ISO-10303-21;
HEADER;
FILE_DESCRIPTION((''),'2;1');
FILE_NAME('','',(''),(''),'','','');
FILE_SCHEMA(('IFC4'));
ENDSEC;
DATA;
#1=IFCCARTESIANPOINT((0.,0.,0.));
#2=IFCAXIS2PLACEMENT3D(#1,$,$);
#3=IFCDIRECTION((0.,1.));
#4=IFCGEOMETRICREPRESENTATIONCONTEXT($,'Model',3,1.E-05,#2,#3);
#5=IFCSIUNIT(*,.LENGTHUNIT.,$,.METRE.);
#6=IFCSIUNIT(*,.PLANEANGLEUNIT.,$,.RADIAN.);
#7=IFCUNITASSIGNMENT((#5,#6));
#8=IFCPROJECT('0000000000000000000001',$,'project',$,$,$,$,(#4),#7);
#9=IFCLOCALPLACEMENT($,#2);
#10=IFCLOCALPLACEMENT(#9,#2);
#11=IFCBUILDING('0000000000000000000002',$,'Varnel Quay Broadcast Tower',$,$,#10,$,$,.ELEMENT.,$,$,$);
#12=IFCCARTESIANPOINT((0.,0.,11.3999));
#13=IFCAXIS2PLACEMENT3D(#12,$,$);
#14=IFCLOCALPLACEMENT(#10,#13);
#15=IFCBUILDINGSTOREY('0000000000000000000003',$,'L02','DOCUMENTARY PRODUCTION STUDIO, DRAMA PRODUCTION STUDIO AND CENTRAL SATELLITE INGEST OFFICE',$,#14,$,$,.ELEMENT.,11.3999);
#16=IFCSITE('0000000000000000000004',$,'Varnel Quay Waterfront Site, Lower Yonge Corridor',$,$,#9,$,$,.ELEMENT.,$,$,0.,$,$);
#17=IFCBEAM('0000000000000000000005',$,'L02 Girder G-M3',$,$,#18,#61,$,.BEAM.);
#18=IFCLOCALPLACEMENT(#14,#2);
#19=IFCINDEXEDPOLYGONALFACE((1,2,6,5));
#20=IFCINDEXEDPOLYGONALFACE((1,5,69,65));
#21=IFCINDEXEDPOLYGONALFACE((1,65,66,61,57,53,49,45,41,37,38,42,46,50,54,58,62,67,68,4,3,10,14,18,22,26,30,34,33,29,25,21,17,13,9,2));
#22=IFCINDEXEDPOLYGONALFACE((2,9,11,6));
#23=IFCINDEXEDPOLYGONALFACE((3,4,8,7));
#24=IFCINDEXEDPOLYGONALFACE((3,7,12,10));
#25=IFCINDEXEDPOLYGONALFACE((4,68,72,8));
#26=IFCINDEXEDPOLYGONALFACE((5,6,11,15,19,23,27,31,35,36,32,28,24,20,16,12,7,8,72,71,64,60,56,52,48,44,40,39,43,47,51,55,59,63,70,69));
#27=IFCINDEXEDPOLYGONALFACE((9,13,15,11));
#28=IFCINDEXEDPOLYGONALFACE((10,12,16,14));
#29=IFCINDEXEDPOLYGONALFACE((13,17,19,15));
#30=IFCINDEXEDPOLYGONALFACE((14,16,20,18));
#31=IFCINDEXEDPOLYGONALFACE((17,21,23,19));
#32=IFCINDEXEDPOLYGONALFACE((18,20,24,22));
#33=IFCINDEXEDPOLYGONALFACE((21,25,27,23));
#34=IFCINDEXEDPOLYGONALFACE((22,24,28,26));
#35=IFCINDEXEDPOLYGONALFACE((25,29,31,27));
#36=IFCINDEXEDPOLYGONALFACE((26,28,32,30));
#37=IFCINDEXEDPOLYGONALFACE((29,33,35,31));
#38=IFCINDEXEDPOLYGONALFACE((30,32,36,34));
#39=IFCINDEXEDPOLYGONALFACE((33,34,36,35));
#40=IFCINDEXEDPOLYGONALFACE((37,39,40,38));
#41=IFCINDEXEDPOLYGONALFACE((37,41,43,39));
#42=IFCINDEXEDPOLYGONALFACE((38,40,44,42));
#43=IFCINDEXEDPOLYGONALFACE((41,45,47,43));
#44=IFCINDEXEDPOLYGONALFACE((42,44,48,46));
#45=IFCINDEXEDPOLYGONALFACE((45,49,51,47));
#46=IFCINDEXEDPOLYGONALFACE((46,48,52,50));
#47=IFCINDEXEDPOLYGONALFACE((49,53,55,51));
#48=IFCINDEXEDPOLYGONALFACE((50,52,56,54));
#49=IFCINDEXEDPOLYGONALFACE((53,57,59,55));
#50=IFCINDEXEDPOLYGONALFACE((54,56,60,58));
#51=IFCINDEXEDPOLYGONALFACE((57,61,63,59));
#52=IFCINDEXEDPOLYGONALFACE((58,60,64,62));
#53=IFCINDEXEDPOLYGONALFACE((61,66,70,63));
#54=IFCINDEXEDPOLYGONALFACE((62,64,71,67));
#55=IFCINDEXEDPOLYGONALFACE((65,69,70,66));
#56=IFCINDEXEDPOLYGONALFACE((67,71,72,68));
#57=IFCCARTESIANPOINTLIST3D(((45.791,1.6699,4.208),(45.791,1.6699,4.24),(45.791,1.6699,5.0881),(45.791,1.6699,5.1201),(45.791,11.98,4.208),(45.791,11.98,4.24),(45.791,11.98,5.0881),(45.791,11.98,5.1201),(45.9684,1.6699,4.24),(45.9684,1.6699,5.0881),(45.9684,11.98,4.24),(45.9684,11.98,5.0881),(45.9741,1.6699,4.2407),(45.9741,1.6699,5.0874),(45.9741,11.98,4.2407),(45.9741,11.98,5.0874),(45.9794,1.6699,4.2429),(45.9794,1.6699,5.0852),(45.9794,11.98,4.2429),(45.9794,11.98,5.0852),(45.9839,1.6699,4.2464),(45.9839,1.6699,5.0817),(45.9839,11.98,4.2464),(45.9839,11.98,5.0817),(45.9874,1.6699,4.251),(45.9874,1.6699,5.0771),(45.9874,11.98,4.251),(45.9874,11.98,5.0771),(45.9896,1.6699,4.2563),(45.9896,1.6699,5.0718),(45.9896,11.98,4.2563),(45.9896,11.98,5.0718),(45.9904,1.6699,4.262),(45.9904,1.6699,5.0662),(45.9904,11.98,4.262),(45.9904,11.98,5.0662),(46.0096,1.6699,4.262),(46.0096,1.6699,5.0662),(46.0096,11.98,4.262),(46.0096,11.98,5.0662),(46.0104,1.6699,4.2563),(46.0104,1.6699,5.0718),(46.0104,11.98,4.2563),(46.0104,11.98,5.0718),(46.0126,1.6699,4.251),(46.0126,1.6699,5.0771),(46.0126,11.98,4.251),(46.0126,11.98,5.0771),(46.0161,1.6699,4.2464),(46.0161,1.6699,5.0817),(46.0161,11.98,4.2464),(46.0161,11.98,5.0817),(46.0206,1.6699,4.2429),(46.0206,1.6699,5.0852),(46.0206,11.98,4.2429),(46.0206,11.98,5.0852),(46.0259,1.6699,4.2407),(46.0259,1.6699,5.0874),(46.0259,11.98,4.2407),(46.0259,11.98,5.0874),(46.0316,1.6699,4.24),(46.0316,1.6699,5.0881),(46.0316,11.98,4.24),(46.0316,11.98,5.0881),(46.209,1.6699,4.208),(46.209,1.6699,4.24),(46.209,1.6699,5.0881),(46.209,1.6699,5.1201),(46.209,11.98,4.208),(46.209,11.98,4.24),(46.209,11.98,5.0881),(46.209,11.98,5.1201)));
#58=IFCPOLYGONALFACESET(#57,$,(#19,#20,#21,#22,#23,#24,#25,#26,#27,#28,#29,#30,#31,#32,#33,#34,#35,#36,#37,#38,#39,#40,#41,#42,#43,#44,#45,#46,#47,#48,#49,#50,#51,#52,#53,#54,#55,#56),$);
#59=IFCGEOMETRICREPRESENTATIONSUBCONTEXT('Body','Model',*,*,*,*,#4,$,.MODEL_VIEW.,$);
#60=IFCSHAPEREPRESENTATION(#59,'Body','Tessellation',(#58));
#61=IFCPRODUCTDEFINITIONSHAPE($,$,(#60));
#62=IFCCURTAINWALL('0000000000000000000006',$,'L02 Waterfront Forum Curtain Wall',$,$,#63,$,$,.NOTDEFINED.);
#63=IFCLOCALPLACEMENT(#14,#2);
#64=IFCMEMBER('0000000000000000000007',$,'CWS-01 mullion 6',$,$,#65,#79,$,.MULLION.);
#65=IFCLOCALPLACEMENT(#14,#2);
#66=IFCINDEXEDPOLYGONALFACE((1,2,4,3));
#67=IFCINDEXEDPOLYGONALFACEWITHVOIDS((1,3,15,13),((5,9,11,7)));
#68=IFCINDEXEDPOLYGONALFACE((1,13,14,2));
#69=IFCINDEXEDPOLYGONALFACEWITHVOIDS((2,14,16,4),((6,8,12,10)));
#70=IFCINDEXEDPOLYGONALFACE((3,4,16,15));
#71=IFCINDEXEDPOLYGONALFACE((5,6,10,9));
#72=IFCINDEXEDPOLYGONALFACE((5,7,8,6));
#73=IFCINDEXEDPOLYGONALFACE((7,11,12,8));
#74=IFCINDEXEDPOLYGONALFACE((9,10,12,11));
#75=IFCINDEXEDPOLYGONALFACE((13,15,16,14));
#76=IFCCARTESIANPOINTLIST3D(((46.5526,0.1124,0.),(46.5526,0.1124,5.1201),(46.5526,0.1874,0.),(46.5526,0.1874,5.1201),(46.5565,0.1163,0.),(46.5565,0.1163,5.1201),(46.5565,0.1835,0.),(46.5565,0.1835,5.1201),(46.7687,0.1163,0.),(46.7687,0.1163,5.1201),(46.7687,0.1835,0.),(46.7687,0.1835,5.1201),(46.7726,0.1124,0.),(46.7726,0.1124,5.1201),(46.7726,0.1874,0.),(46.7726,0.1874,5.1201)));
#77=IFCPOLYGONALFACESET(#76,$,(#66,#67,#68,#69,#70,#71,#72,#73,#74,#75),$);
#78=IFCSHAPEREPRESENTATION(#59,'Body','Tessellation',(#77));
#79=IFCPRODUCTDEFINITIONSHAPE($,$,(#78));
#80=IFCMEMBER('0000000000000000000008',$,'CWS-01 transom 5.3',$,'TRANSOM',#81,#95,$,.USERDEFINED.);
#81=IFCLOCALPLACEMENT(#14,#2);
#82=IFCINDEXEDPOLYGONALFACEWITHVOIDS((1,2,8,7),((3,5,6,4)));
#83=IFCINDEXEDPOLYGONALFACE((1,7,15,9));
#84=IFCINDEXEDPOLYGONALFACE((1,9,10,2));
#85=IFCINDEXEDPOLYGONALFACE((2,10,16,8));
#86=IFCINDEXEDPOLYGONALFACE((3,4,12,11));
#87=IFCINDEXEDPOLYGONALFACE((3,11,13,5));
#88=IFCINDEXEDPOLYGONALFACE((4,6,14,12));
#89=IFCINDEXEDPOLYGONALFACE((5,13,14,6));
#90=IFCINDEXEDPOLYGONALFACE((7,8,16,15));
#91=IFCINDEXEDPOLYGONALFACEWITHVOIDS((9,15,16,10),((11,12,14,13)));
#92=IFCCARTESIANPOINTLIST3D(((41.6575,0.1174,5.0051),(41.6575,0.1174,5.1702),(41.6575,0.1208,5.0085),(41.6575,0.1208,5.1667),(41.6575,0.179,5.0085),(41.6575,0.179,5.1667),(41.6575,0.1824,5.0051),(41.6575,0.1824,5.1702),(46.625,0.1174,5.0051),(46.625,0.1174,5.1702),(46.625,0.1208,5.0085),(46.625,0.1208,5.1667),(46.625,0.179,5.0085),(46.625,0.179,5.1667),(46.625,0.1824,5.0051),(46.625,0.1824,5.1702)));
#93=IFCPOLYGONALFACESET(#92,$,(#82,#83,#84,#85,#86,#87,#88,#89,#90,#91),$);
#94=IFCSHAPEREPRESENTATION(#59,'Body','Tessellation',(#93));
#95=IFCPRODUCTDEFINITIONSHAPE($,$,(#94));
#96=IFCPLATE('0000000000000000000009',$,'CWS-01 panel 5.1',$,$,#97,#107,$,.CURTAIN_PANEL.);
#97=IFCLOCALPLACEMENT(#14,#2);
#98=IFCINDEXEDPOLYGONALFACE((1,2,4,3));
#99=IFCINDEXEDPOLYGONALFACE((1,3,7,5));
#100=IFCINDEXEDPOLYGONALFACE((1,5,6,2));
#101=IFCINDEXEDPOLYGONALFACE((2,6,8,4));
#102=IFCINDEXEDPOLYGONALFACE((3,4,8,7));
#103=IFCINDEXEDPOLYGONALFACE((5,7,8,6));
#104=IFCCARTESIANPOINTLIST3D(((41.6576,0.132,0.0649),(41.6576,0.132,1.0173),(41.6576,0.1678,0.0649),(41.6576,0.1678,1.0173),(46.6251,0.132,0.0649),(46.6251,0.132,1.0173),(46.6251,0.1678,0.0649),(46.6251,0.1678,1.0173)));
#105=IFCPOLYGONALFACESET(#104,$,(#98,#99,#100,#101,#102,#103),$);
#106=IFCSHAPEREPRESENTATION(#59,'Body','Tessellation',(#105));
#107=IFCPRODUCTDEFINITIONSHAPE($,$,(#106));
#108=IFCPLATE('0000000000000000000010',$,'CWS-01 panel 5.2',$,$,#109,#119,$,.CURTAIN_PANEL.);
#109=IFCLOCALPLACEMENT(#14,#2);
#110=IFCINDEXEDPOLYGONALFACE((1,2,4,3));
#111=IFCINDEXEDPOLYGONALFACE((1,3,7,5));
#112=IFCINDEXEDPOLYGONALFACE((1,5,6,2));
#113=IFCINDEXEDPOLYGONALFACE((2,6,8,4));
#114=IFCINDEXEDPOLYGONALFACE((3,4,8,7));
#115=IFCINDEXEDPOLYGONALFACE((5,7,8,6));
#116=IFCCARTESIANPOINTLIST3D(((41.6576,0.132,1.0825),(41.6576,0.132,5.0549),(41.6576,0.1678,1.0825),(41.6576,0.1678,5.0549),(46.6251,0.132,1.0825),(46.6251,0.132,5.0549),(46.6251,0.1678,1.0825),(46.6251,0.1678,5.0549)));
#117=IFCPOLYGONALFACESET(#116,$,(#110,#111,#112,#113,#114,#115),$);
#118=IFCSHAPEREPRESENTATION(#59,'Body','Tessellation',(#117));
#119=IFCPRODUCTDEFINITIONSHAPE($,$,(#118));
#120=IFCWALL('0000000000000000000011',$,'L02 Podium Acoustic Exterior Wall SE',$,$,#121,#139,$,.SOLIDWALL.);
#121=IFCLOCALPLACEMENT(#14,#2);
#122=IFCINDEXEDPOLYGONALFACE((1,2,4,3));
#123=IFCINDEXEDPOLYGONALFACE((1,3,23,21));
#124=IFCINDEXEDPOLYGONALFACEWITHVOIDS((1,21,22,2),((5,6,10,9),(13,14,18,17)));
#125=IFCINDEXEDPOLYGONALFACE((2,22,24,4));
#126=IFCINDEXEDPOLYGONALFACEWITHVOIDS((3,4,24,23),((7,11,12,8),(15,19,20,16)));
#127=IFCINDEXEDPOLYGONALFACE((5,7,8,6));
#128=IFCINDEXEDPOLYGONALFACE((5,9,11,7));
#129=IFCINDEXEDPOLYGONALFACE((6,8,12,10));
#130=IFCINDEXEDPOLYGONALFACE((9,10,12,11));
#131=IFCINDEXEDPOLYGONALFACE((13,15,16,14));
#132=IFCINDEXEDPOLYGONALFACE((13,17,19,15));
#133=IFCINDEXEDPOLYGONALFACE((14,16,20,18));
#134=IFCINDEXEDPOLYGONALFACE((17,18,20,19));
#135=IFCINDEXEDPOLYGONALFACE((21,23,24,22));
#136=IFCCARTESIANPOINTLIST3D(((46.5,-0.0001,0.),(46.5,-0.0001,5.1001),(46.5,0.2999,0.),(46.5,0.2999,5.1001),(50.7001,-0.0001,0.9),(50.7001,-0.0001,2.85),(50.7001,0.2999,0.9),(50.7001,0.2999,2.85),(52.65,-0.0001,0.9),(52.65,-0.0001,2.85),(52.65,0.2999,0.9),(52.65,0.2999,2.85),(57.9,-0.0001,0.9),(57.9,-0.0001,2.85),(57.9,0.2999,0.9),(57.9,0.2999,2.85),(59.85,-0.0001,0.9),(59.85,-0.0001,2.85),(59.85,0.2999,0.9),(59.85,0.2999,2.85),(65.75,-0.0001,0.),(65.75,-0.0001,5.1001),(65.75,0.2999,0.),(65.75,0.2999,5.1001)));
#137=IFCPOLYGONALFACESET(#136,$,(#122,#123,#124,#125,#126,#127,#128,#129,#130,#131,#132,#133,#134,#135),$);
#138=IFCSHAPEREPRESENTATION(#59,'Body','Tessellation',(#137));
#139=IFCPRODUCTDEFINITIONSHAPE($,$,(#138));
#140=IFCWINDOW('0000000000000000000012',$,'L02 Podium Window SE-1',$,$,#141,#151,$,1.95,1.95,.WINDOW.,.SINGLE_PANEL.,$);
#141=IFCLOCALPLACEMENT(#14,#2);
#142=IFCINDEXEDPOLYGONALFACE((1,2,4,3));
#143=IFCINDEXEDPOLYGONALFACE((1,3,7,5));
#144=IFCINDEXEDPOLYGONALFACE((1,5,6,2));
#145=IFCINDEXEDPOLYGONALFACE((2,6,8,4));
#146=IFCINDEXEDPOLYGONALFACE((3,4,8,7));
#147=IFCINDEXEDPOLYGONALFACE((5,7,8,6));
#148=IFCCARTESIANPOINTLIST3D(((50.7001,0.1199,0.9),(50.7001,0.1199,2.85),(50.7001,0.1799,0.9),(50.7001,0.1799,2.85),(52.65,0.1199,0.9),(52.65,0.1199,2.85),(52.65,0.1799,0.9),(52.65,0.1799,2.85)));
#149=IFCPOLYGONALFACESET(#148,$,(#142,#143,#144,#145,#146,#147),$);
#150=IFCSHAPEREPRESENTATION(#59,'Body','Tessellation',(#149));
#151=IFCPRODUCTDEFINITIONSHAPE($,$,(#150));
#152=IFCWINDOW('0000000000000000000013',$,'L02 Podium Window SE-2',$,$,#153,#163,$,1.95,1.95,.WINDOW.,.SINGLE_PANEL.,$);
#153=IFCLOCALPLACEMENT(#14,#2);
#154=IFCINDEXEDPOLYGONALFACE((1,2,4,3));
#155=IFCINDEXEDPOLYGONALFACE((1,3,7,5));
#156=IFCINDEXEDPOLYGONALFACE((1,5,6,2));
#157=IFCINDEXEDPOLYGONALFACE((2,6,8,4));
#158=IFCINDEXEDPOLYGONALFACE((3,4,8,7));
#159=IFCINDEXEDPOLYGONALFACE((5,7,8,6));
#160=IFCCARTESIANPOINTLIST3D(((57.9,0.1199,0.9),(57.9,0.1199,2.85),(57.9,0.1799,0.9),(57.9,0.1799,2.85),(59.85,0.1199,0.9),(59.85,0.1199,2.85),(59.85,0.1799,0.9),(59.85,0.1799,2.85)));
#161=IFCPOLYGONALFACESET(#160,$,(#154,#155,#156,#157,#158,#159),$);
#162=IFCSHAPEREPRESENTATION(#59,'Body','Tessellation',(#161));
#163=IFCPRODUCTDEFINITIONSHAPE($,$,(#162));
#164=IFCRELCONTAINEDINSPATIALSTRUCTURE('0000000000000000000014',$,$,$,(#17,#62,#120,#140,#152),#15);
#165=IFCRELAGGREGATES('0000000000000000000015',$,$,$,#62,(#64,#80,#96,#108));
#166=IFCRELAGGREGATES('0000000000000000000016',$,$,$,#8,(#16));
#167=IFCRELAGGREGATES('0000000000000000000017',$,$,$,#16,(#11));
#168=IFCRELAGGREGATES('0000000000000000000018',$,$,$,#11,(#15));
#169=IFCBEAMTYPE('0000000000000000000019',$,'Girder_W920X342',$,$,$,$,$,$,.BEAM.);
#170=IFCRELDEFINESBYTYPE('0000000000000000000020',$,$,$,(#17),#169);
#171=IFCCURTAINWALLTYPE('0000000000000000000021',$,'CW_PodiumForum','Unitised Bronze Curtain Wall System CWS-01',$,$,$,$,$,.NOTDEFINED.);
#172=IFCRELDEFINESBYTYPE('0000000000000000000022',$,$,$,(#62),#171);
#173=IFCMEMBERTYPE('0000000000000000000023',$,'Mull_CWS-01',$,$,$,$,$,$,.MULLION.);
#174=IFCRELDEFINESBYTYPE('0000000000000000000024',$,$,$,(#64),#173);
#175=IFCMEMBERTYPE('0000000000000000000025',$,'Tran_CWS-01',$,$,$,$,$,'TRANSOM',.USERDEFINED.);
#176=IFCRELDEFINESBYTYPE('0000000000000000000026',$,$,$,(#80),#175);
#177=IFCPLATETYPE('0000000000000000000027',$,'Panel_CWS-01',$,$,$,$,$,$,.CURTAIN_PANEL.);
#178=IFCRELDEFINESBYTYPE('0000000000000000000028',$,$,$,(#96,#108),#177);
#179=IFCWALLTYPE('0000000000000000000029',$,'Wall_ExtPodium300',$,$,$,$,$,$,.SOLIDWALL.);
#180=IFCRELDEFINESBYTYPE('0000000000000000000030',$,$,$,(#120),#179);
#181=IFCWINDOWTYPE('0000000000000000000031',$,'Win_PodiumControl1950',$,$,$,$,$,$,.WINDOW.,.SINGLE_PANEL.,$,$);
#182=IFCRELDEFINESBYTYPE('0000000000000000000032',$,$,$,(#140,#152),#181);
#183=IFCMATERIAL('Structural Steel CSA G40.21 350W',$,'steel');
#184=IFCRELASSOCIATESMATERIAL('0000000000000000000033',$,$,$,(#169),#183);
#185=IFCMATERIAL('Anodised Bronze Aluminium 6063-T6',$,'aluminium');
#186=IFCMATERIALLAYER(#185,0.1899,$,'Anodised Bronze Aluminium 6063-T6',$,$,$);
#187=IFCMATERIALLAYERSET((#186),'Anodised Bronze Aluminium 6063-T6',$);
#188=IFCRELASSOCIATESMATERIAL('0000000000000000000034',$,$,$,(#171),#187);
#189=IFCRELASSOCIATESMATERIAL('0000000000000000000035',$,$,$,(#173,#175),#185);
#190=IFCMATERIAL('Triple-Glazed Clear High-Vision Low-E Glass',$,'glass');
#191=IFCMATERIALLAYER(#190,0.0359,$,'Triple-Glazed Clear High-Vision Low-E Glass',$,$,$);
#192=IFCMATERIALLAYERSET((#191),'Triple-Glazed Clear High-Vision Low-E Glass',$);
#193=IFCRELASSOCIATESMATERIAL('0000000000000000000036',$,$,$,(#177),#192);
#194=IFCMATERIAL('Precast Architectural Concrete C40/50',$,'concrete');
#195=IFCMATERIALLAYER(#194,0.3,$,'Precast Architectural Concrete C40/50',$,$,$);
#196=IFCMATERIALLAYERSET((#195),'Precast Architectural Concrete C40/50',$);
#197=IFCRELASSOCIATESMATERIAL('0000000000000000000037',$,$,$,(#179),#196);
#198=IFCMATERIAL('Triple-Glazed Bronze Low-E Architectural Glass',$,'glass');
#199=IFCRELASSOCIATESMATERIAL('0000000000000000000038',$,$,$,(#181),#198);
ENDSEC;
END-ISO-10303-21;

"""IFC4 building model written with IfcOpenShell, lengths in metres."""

from ifc_helpers import new_model, si_unit, direction, frame, frame_2d, origin, origin_2d, place, context, subcontext, project, spatial, rectangle, hollow_rectangle, i_section, extrude, source, transform, mapped, material, layer, layer_set, material_profile, profile_set, type_object, type_shapes, element, fill, aggregate, save


model = new_model("IFC4")

# Units and contexts
model_context = context("Model", 3, precision=1e-05, world=origin(), true_north=direction((0.0, 1.0)))
body_context = subcontext(model_context, "Body", "Model", "MODEL_VIEW")
ifc_project = project(units=[si_unit("LENGTHUNIT", "METRE"), si_unit("PLANEANGLEUNIT", "RADIAN")], contexts=[model_context])

# Site, building, storey
site_placement = place(None, origin())
site = spatial("IfcSite", under=ifc_project, at=site_placement, Name="Varnel Quay Waterfront Site, Lower Yonge Corridor", CompositionType="ELEMENT", RefElevation=0.0)
building_placement = place(site_placement, origin())
building = spatial("IfcBuilding", under=site, at=building_placement, Name="Varnel Quay Broadcast Tower", CompositionType="ELEMENT")
storey_placement = place(building_placement, frame((0.0, 0.0, 11.3999)))
storey = spatial("IfcBuildingStorey", under=building, at=storey_placement, Name="L02", Description="DOCUMENTARY PRODUCTION STUDIO, DRAMA PRODUCTION STUDIO AND CENTRAL SATELLITE INGEST OFFICE", CompositionType="ELEMENT", Elevation=11.3999)

# Shared definitions
ifc_material_1 = material(Name="Structural Steel CSA G40.21 350W", Category="steel")

# Beam
ifc_material_profile_1 = material_profile(ifc_material_1, i_section(OverallWidth=0.418, OverallDepth=0.9121, WebThickness=0.0193, FlangeThickness=0.032, FilletRadius=0.022, at=origin_2d()), Name="W920X342")
ifc_profile_set_1 = profile_set([ifc_material_profile_1], Name="Structural Steel CSA G40.21 350W")
beam_type = type_object("IfcBeamType", Name="Girder_W920X342", PredefinedType="BEAM", material=ifc_profile_set_1)
shared_shape_1 = source(origin(), body_context, "Body", "SweptSolid", [
    extrude(i_section(OverallWidth=0.418, OverallDepth=0.9121, WebThickness=0.0193, FlangeThickness=0.032, FilletRadius=0.022, at=origin_2d()), origin(), (0.0, 0.0, 1.0), 10.3101),
])
beam_1_placement = place(storey_placement, frame((46.0, 1.6699, 4.6641), z_axis=(0.0, 1.0, 0.0), x_axis=(-1.0, 0.0, 0.0)))
element("IfcBeam", 1, at=beam_1_placement, inside=storey, type_object=beam_type, Name="L02 Girder G-M3", PredefinedType="BEAM", context=body_context, shape_type="MappedRepresentation", body=[
    mapped(shared_shape_1, transform((0.0, 0.0, 0.0), x_axis=(1.0, 0.0, 0.0), y_axis=(0.0, 1.0, 0.0), z_axis=(0.0, 0.0, 1.0), scale=1.0)),
])

# Curtain wall, members, plates
ifc_material_2 = material(Name="Anodised Bronze Aluminium 6063-T6", Category="aluminium")
ifc_layer_1 = layer(ifc_material_2, 0.1899, Name="Anodised Bronze Aluminium 6063-T6")
ifc_layer_set_1 = layer_set([ifc_layer_1], Name="Anodised Bronze Aluminium 6063-T6")
curtain_wall_type = type_object("IfcCurtainWallType", Name="CW_PodiumForum", Description="Unitised Bronze Curtain Wall System CWS-01", PredefinedType="NOTDEFINED", material=ifc_layer_set_1)
curtain_wall_placement = place(storey_placement, origin())
curtain_wall = element("IfcCurtainWall", 2, at=curtain_wall_placement, inside=storey, type_object=curtain_wall_type, Name="L02 Waterfront Forum Curtain Wall", PredefinedType="NOTDEFINED")
ifc_material_profile_2 = material_profile(ifc_material_2, hollow_rectangle(XDim=0.075, YDim=0.22, WallThickness=0.0039, at=origin_2d()), Name="ALU75X220X4")
ifc_profile_set_2 = profile_set([ifc_material_profile_2], Name="Anodised Bronze Aluminium 6063-T6")
member_type_1 = type_object("IfcMemberType", Name="Mull_CWS-01", PredefinedType="MULLION", material=ifc_profile_set_2)
shared_shape_2 = source(origin(), body_context, "Body", "SweptSolid", [
    extrude(hollow_rectangle(XDim=0.075, YDim=0.22, WallThickness=0.0039, at=origin_2d()), origin(), (0.0, 0.0, 1.0), 5.1201),
])
type_shapes(member_type_1, [shared_shape_2])
member_1_placement = place(storey_placement, frame((46.6626, 0.1499, 0.0), z_axis=(0.0, 0.0, 1.0), x_axis=(0.0, 1.0, 0.0)))
member_1 = element("IfcMember", 3, at=member_1_placement, type_object=member_type_1, Name="CWS-01 mullion 6", PredefinedType="MULLION", context=body_context, shape_type="MappedRepresentation", body=[
    mapped(shared_shape_2, transform((0.0, 0.0, 0.0), x_axis=(1.0, 0.0, 0.0), y_axis=(0.0, 1.0, 0.0), z_axis=(0.0, 0.0, 1.0), scale=1.0)),
])
ifc_material_profile_3 = material_profile(ifc_material_2, hollow_rectangle(XDim=0.0649, YDim=0.165, WallThickness=0.0034, at=origin_2d()), Name="ALU65X165X3.5")
ifc_profile_set_3 = profile_set([ifc_material_profile_3], Name="Anodised Bronze Aluminium 6063-T6")
member_type_2 = type_object("IfcMemberType", Name="Tran_CWS-01", ElementType="TRANSOM", PredefinedType="USERDEFINED", material=ifc_profile_set_3)
shared_shape_3 = source(origin(), body_context, "Body", "SweptSolid", [
    extrude(hollow_rectangle(XDim=0.0649, YDim=0.165, WallThickness=0.0034, at=origin_2d()), origin(), (0.0, 0.0, 1.0), 4.9675),
])
type_shapes(member_type_2, [shared_shape_3])
member_2_placement = place(storey_placement, frame((41.6575, 0.1499, 5.0876), z_axis=(1.0, 0.0, 0.0), x_axis=(0.0, 1.0, 0.0)))
member_2 = element("IfcMember", 4, at=member_2_placement, type_object=member_type_2, Name="CWS-01 transom 5.3", ObjectType="TRANSOM", PredefinedType="USERDEFINED", context=body_context, shape_type="MappedRepresentation", body=[
    mapped(shared_shape_3, transform((0.0, 0.0, 0.0), x_axis=(1.0, 0.0, 0.0), y_axis=(0.0, 1.0, 0.0), z_axis=(0.0, 0.0, 1.0), scale=1.0)),
])
ifc_material_3 = material(Name="Triple-Glazed Clear High-Vision Low-E Glass", Category="glass")
ifc_layer_2 = layer(ifc_material_3, 0.0359, Name="Triple-Glazed Clear High-Vision Low-E Glass")
ifc_layer_set_2 = layer_set([ifc_layer_2], Name="Triple-Glazed Clear High-Vision Low-E Glass")
plate_type = type_object("IfcPlateType", Name="Panel_CWS-01", PredefinedType="CURTAIN_PANEL", material=ifc_layer_set_2)
shared_shape_4 = source(origin(), body_context, "Body", "SweptSolid", [
    extrude(rectangle(XDim=4.9675, YDim=0.0359, at=origin_2d()), origin(), (0.0, 0.0, 1.0), 0.9524),
])
plate_1_placement = place(storey_placement, frame((44.1414, 0.1499, 0.0649), z_axis=(0.0, 0.0, 1.0), x_axis=(1.0, 0.0, 0.0)))
plate_1 = element("IfcPlate", 5, at=plate_1_placement, type_object=plate_type, Name="CWS-01 panel 5.1", PredefinedType="CURTAIN_PANEL", context=body_context, shape_type="MappedRepresentation", body=[
    mapped(shared_shape_4, transform((0.0, 0.0, 0.0), x_axis=(1.0, 0.0, 0.0), y_axis=(0.0, 1.0, 0.0), z_axis=(0.0, 0.0, 1.0), scale=1.0)),
])
shared_shape_5 = source(origin(), body_context, "Body", "SweptSolid", [
    extrude(rectangle(XDim=4.9675, YDim=0.0359, at=origin_2d()), origin(), (0.0, 0.0, 1.0), 3.9724),
])
type_shapes(plate_type, [shared_shape_4, shared_shape_5])
plate_2_placement = place(storey_placement, frame((44.1414, 0.1499, 1.0825), z_axis=(0.0, 0.0, 1.0), x_axis=(1.0, 0.0, 0.0)))
plate_2 = element("IfcPlate", 6, at=plate_2_placement, type_object=plate_type, Name="CWS-01 panel 5.2", PredefinedType="CURTAIN_PANEL", context=body_context, shape_type="MappedRepresentation", body=[
    mapped(shared_shape_5, transform((0.0, 0.0, 0.0), x_axis=(1.0, 0.0, 0.0), y_axis=(0.0, 1.0, 0.0), z_axis=(0.0, 0.0, 1.0), scale=1.0)),
])
aggregate(curtain_wall, [member_1, member_2, plate_1, plate_2])

# Wall, openings, windows
ifc_material_4 = material(Name="Precast Architectural Concrete C40/50", Category="concrete")
ifc_layer_3 = layer(ifc_material_4, 0.3, Name="Precast Architectural Concrete C40/50")
ifc_layer_set_3 = layer_set([ifc_layer_3], Name="Precast Architectural Concrete C40/50")
wall_type_1 = type_object("IfcWallType", Name="Wall_ExtPodium300", PredefinedType="SOLIDWALL", material=ifc_layer_set_3)
wall_1_placement = place(storey_placement, frame((46.5, 0.1499, 0.0), z_axis=(0.0, 0.0, 1.0), x_axis=(1.0, 0.0, 0.0)))
wall_1 = element("IfcWall", 7, at=wall_1_placement, inside=storey, type_object=wall_type_1, Name="L02 Podium Acoustic Exterior Wall SE", PredefinedType="SOLIDWALL", context=body_context, shape_type="SweptSolid", body=[
    extrude(rectangle(XDim=19.25, YDim=0.3, at=frame_2d((9.625, 0.0))), origin(), (0.0, 0.0, 1.0), 5.1001),
])
opening_1_placement = place(wall_1_placement, frame((4.2, 0.0, 0.8999)))
opening_1 = element("IfcOpeningElement", 8, at=opening_1_placement, cuts=wall_1, PredefinedType="OPENING", context=body_context, shape_type="SweptSolid", body=[
    extrude(rectangle(XDim=1.95, YDim=1.95, at=frame_2d((0.9751, 0.9751))), frame((0.0, 0.1602, 0.0), z_axis=(0.0, -1.0, 0.0), x_axis=(1.0, 0.0, 0.0)), (0.0, 0.0, 1.0), 0.3201),
])
opening_2_placement = place(wall_1_placement, frame((11.3999, 0.0, 0.8999)))
opening_2 = element("IfcOpeningElement", 9, at=opening_2_placement, cuts=wall_1, PredefinedType="OPENING", context=body_context, shape_type="SweptSolid", body=[
    extrude(rectangle(XDim=1.95, YDim=1.95, at=frame_2d((0.9751, 0.9751))), frame((0.0, 0.1602, 0.0), z_axis=(0.0, -1.0, 0.0), x_axis=(1.0, 0.0, 0.0)), (0.0, 0.0, 1.0), 0.3201),
])
ifc_material_5 = material(Name="Triple-Glazed Bronze Low-E Architectural Glass", Category="glass")
window_type_1 = type_object("IfcWindowType", Name="Win_PodiumControl1950", PartitioningType="SINGLE_PANEL", PredefinedType="WINDOW", material=ifc_material_5)
shared_shape_6 = source(origin(), body_context, "Body", "SweptSolid", [
    extrude(rectangle(XDim=1.95, YDim=1.95, at=frame_2d((0.9751, 0.9751))), frame((0.0, 0.03, 0.0), z_axis=(0.0, -1.0, 0.0), x_axis=(1.0, 0.0, 0.0)), (0.0, 0.0, 1.0), 0.0601),
])
type_shapes(window_type_1, [shared_shape_6])
window_1_placement = place(opening_1_placement, origin())
window_1 = element("IfcWindow", 10, at=window_1_placement, inside=storey, type_object=window_type_1, Name="L02 Podium Window SE-1", OverallHeight=1.95, OverallWidth=1.95, PartitioningType="SINGLE_PANEL", PredefinedType="WINDOW", context=body_context, shape_type="MappedRepresentation", body=[
    mapped(shared_shape_6, transform((0.0, 0.0, 0.0), x_axis=(1.0, 0.0, 0.0), y_axis=(0.0, 1.0, 0.0), z_axis=(0.0, 0.0, 1.0), scale=1.0)),
])
fill(opening_1, window_1)
window_2_placement = place(opening_2_placement, origin())
window_2 = element("IfcWindow", 11, at=window_2_placement, inside=storey, type_object=window_type_1, Name="L02 Podium Window SE-2", OverallHeight=1.95, OverallWidth=1.95, PartitioningType="SINGLE_PANEL", PredefinedType="WINDOW", context=body_context, shape_type="MappedRepresentation", body=[
    mapped(shared_shape_6, transform((0.0, 0.0, 0.0), x_axis=(1.0, 0.0, 0.0), y_axis=(0.0, 1.0, 0.0), z_axis=(0.0, 0.0, 1.0), scale=1.0)),
])
fill(opening_2, window_2)

save(model, "model.ifc")
